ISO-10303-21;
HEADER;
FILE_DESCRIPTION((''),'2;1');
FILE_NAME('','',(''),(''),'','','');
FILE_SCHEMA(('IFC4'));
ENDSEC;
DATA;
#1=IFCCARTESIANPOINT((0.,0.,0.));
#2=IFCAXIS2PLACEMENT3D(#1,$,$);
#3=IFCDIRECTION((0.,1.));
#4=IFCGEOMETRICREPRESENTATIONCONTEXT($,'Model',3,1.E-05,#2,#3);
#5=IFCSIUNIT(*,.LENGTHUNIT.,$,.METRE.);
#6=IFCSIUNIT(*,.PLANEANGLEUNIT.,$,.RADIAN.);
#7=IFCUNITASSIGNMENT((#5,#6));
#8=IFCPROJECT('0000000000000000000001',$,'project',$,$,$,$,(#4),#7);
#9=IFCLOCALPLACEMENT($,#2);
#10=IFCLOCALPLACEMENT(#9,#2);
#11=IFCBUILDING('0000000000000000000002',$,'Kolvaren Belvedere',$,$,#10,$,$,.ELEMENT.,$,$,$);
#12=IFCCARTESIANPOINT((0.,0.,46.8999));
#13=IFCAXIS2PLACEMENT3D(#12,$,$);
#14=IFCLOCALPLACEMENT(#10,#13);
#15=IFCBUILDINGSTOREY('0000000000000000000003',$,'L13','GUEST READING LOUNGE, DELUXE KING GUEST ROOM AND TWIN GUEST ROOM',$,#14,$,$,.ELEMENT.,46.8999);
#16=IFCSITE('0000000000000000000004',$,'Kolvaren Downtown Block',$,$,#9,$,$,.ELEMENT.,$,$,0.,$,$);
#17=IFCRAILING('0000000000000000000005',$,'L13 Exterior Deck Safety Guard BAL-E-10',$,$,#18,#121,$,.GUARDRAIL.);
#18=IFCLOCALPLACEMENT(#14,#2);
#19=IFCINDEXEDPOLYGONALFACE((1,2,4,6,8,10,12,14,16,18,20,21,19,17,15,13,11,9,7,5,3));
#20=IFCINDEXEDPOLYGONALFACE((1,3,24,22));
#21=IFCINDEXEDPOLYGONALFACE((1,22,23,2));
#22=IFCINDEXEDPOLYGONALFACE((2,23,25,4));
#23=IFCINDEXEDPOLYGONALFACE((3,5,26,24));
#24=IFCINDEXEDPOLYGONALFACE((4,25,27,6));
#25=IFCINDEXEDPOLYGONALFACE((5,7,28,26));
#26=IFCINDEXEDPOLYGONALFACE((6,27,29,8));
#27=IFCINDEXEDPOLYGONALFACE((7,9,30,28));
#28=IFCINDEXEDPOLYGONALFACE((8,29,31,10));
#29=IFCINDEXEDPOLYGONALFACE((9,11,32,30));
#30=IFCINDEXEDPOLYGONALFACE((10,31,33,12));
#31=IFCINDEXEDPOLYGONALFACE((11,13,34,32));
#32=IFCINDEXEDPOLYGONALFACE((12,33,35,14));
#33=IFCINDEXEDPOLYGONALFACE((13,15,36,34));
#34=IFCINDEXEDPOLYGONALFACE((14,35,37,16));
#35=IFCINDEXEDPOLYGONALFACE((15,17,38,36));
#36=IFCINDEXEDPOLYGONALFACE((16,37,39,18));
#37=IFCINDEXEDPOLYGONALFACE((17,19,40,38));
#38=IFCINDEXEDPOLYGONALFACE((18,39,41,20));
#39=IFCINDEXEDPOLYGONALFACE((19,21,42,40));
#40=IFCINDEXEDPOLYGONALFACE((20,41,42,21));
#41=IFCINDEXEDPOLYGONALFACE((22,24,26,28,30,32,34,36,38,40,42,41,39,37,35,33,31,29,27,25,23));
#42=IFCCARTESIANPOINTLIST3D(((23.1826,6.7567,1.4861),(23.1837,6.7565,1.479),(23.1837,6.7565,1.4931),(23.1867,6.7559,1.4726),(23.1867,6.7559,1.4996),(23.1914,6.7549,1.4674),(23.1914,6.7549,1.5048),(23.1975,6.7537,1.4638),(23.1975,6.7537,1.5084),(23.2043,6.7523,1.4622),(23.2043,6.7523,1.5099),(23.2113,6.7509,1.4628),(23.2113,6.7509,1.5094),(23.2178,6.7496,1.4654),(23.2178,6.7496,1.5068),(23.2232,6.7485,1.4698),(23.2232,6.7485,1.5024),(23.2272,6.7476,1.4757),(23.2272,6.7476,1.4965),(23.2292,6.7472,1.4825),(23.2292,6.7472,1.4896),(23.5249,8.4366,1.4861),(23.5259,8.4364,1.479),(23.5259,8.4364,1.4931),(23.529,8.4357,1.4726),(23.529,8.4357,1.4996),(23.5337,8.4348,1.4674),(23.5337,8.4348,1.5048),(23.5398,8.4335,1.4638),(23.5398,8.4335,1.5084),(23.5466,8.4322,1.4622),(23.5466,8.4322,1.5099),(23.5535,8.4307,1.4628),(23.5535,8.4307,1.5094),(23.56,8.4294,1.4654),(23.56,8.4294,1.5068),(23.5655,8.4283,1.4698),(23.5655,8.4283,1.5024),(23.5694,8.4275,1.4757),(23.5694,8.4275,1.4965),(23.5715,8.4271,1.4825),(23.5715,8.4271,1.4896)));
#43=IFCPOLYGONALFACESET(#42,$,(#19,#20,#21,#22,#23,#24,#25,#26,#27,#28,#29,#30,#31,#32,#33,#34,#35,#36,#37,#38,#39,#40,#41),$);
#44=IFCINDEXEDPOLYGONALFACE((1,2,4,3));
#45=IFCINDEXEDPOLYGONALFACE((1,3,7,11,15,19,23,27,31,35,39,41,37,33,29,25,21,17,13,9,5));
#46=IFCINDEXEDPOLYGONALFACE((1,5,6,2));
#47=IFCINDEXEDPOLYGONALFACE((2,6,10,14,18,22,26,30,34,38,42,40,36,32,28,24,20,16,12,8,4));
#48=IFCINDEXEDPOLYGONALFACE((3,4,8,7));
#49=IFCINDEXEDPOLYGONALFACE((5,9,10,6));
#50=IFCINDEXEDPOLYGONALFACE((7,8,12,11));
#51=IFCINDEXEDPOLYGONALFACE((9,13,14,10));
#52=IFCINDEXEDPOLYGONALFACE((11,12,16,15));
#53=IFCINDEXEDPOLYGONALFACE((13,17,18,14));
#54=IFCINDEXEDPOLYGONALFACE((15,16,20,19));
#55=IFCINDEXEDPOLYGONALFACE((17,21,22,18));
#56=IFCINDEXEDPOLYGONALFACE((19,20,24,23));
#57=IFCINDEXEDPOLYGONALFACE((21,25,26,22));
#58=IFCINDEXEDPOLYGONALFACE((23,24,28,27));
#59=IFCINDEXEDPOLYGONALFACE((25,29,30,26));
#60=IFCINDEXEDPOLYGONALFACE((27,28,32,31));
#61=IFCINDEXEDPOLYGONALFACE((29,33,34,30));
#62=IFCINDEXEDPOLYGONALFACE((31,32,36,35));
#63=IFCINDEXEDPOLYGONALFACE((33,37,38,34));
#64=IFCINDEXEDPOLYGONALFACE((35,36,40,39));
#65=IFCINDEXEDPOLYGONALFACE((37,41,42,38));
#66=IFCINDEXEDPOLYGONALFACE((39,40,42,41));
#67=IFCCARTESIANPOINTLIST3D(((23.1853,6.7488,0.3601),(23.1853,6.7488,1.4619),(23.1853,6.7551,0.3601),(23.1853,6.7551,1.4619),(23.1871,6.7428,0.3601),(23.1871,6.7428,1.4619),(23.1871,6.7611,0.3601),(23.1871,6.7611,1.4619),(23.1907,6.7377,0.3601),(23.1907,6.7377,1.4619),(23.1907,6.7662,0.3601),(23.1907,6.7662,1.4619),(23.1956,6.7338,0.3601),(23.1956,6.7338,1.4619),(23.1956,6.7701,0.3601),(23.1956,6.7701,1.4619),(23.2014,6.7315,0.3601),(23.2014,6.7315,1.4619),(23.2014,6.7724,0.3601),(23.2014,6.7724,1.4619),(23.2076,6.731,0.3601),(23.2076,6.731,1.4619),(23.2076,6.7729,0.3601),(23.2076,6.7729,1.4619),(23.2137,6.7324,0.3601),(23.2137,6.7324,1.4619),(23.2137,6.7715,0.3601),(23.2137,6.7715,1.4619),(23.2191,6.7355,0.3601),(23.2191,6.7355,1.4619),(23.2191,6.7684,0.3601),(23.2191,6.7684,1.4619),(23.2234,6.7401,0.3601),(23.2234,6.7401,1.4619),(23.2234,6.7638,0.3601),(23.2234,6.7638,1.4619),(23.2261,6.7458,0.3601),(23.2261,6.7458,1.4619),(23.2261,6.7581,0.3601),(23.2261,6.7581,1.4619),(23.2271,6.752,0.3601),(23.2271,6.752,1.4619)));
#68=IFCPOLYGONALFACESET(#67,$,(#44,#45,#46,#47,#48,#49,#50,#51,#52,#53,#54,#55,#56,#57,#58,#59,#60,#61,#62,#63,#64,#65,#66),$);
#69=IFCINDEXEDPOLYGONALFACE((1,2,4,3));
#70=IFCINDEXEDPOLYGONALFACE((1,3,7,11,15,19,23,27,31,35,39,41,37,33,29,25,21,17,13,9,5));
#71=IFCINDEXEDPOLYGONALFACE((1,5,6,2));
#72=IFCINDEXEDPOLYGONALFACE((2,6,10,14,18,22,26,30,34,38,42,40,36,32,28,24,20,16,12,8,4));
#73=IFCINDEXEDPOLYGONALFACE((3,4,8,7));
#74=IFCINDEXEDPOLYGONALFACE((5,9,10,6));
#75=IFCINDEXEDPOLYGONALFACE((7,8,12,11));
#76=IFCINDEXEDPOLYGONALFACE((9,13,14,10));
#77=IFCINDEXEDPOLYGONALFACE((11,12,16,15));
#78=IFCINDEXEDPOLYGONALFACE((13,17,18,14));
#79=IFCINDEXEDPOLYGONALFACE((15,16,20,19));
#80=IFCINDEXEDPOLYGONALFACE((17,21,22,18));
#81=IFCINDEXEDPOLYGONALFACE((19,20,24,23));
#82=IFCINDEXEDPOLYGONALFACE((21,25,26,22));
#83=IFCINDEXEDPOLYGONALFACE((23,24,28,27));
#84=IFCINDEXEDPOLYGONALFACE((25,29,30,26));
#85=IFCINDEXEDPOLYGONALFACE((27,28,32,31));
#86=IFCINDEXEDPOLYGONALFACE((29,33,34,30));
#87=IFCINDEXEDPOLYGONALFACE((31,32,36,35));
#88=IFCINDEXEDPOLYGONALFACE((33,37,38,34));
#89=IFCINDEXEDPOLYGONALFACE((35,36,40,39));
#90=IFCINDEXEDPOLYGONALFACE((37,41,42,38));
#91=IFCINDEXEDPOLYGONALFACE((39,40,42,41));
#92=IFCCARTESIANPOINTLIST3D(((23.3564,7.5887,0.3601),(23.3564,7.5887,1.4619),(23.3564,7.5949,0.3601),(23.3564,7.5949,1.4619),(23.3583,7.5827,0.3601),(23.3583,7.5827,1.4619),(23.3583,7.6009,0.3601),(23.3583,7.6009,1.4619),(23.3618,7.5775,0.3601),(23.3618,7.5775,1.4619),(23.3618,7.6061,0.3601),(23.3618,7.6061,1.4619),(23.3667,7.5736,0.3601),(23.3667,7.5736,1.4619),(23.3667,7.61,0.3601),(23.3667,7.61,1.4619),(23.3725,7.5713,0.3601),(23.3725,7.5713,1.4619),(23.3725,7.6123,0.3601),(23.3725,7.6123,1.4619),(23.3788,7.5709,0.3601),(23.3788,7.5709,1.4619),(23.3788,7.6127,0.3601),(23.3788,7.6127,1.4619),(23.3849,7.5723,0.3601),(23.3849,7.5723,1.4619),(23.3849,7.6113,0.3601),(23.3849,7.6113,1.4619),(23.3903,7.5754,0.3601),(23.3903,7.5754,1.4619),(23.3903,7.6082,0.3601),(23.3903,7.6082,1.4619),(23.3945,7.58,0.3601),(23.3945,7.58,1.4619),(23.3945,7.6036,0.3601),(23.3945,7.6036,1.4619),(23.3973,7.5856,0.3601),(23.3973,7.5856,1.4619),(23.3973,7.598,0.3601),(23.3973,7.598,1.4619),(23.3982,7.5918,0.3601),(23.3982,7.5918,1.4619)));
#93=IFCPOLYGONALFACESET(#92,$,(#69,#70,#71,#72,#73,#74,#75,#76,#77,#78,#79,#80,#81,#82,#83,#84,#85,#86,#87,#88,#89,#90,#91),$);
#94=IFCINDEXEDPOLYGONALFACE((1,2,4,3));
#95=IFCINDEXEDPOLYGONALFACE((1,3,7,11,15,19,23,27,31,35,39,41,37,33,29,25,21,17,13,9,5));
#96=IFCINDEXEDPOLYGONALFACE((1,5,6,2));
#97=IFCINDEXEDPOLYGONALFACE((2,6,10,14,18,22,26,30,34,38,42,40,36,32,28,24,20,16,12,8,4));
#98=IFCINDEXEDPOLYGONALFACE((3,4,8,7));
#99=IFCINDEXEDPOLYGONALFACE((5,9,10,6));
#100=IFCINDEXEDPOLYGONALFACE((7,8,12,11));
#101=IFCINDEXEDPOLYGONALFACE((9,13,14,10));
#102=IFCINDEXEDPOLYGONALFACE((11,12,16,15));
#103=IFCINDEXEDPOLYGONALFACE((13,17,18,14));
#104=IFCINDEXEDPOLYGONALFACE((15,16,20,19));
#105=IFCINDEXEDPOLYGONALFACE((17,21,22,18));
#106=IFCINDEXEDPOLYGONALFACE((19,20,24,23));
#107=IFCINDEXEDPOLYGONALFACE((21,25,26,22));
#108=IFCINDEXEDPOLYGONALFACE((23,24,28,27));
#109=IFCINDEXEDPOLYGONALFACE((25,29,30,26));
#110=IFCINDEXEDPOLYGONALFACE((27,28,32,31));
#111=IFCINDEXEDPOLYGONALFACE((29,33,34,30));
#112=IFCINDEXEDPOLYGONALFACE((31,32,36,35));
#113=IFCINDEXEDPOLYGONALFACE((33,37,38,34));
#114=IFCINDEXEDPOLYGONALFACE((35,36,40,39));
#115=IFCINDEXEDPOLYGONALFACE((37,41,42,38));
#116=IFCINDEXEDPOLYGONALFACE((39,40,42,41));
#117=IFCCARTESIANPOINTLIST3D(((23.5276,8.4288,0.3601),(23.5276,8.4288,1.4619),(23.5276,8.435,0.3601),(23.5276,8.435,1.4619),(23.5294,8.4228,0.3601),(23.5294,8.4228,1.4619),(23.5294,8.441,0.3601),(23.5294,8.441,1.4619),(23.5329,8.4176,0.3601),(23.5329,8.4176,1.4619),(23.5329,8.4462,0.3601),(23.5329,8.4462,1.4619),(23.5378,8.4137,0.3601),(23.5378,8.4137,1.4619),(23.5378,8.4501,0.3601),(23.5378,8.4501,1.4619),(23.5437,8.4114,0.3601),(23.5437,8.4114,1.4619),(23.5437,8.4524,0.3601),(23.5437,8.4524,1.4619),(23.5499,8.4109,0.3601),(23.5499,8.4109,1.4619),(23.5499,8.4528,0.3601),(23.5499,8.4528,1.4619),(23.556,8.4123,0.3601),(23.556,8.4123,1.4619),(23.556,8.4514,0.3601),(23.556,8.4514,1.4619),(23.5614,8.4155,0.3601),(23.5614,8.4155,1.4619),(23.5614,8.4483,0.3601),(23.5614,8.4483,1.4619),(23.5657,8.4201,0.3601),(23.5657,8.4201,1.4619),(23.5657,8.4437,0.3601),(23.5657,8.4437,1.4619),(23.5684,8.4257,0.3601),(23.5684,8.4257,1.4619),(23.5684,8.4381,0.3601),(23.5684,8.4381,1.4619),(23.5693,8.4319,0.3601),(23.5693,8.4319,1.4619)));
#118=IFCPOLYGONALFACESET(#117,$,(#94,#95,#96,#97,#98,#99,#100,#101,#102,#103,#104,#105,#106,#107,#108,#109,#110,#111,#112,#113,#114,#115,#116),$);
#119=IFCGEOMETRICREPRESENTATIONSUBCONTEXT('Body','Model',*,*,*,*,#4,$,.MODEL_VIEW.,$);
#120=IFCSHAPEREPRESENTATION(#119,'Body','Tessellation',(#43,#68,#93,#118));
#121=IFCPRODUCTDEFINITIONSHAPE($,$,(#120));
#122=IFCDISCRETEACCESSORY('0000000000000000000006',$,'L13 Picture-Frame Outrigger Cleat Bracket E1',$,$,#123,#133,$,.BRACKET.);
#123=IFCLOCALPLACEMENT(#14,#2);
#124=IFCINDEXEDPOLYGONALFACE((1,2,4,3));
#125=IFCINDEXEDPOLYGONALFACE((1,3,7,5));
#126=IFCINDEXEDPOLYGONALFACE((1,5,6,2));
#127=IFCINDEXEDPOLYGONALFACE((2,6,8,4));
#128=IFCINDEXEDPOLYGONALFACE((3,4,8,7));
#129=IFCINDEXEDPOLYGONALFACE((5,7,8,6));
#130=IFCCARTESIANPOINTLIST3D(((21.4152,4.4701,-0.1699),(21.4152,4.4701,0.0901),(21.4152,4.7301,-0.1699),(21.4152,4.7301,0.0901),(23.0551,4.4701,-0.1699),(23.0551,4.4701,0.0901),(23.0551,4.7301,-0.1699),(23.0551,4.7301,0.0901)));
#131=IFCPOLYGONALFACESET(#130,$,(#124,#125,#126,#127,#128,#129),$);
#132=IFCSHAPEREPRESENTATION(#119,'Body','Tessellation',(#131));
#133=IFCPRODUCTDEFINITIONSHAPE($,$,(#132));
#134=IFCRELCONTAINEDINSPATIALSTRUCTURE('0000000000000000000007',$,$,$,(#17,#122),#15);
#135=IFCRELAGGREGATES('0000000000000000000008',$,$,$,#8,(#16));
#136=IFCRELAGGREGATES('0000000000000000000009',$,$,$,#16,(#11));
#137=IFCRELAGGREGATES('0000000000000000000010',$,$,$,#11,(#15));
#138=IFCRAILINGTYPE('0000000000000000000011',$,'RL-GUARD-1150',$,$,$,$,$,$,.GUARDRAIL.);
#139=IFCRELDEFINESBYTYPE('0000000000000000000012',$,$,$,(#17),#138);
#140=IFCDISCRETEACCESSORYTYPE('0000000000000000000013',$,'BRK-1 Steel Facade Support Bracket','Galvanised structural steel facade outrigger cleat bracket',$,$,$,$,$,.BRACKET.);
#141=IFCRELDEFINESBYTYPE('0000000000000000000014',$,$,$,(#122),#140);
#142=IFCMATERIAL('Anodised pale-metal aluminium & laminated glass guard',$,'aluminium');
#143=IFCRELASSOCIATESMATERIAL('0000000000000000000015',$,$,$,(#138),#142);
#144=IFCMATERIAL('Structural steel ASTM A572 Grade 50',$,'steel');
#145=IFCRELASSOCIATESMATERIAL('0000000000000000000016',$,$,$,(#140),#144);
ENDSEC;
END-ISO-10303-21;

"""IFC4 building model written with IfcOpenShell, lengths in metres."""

from ifc_helpers import new_model, si_unit, direction, frame, origin, origin_2d, place, context, subcontext, project, spatial, rectangle, circle, extrude, material, type_object, element, save


model = new_model("IFC4")

# Units and contexts
model_context = context("Model", 3, precision=1e-05, world=origin(), true_north=direction((0.0, 1.0)))
body_context = subcontext(model_context, "Body", "Model", "MODEL_VIEW")
ifc_project = project(units=[si_unit("LENGTHUNIT", "METRE"), si_unit("PLANEANGLEUNIT", "RADIAN")], contexts=[model_context])

# Site, building, storey
site_placement = place(None, origin())
site = spatial("IfcSite", under=ifc_project, at=site_placement, Name="Kolvaren Downtown Block", CompositionType="ELEMENT", RefElevation=0.0)
building_placement = place(site_placement, origin())
building = spatial("IfcBuilding", under=site, at=building_placement, Name="Kolvaren Belvedere", CompositionType="ELEMENT")
storey_placement = place(building_placement, frame((0.0, 0.0, 46.8999)))
storey = spatial("IfcBuildingStorey", under=building, at=storey_placement, Name="L13", Description="GUEST READING LOUNGE, DELUXE KING GUEST ROOM AND TWIN GUEST ROOM", CompositionType="ELEMENT", Elevation=46.8999)

# Railing
ifc_material_1 = material(Name="Anodised pale-metal aluminium & laminated glass guard", Category="aluminium")
railing_type = type_object("IfcRailingType", Name="RL-GUARD-1150", PredefinedType="GUARDRAIL", material=ifc_material_1)
railing_1_placement = place(storey_placement, frame((23.2061, 6.752, 0.3601)))
element("IfcRailing", 1, at=railing_1_placement, inside=storey, type_object=railing_type, Name="L13 Exterior Deck Safety Guard BAL-E-10", PredefinedType="GUARDRAIL", context=body_context, shape_type="SweptSolid", body=[
    extrude(circle(Radius=0.0239, at=origin_2d()), frame((0.0, 0.0, 1.126), z_axis=(0.199648, 0.979868, 0.0), x_axis=(-0.979868, 0.199648, 0.0)), (0.0, 0.0, 1.0), 1.7144),
    extrude(circle(Radius=0.021, at=origin_2d()), origin(), (0.0, 0.0, 1.0), 1.1018),
    extrude(circle(Radius=0.021, at=origin_2d()), frame((0.1711, 0.8398, 0.0)), (0.0, 0.0, 1.0), 1.1018),
    extrude(circle(Radius=0.021, at=origin_2d()), frame((0.3423, 1.6799, 0.0)), (0.0, 0.0, 1.0), 1.1018),
])

# Discrete accessory
ifc_material_2 = material(Name="Structural steel ASTM A572 Grade 50", Category="steel")
discrete_accessory_type = type_object("IfcDiscreteAccessoryType", Name="BRK-1 Steel Facade Support Bracket", Description="Galvanised structural steel facade outrigger cleat bracket", PredefinedType="BRACKET", material=ifc_material_2)
discrete_accessory_placement = place(storey_placement, frame((22.2351, 4.6001, -0.1699), z_axis=(0.0, 0.0, 1.0), x_axis=(1.0, 0.0, 0.0)))
element("IfcDiscreteAccessory", 2, at=discrete_accessory_placement, inside=storey, type_object=discrete_accessory_type, Name="L13 Picture-Frame Outrigger Cleat Bracket E1", PredefinedType="BRACKET", context=body_context, shape_type="SweptSolid", body=[
    extrude(rectangle(XDim=1.6399, YDim=0.26, at=origin_2d()), origin(), (0.0, 0.0, 1.0), 0.26),
])

save(model, "model.ifc")
